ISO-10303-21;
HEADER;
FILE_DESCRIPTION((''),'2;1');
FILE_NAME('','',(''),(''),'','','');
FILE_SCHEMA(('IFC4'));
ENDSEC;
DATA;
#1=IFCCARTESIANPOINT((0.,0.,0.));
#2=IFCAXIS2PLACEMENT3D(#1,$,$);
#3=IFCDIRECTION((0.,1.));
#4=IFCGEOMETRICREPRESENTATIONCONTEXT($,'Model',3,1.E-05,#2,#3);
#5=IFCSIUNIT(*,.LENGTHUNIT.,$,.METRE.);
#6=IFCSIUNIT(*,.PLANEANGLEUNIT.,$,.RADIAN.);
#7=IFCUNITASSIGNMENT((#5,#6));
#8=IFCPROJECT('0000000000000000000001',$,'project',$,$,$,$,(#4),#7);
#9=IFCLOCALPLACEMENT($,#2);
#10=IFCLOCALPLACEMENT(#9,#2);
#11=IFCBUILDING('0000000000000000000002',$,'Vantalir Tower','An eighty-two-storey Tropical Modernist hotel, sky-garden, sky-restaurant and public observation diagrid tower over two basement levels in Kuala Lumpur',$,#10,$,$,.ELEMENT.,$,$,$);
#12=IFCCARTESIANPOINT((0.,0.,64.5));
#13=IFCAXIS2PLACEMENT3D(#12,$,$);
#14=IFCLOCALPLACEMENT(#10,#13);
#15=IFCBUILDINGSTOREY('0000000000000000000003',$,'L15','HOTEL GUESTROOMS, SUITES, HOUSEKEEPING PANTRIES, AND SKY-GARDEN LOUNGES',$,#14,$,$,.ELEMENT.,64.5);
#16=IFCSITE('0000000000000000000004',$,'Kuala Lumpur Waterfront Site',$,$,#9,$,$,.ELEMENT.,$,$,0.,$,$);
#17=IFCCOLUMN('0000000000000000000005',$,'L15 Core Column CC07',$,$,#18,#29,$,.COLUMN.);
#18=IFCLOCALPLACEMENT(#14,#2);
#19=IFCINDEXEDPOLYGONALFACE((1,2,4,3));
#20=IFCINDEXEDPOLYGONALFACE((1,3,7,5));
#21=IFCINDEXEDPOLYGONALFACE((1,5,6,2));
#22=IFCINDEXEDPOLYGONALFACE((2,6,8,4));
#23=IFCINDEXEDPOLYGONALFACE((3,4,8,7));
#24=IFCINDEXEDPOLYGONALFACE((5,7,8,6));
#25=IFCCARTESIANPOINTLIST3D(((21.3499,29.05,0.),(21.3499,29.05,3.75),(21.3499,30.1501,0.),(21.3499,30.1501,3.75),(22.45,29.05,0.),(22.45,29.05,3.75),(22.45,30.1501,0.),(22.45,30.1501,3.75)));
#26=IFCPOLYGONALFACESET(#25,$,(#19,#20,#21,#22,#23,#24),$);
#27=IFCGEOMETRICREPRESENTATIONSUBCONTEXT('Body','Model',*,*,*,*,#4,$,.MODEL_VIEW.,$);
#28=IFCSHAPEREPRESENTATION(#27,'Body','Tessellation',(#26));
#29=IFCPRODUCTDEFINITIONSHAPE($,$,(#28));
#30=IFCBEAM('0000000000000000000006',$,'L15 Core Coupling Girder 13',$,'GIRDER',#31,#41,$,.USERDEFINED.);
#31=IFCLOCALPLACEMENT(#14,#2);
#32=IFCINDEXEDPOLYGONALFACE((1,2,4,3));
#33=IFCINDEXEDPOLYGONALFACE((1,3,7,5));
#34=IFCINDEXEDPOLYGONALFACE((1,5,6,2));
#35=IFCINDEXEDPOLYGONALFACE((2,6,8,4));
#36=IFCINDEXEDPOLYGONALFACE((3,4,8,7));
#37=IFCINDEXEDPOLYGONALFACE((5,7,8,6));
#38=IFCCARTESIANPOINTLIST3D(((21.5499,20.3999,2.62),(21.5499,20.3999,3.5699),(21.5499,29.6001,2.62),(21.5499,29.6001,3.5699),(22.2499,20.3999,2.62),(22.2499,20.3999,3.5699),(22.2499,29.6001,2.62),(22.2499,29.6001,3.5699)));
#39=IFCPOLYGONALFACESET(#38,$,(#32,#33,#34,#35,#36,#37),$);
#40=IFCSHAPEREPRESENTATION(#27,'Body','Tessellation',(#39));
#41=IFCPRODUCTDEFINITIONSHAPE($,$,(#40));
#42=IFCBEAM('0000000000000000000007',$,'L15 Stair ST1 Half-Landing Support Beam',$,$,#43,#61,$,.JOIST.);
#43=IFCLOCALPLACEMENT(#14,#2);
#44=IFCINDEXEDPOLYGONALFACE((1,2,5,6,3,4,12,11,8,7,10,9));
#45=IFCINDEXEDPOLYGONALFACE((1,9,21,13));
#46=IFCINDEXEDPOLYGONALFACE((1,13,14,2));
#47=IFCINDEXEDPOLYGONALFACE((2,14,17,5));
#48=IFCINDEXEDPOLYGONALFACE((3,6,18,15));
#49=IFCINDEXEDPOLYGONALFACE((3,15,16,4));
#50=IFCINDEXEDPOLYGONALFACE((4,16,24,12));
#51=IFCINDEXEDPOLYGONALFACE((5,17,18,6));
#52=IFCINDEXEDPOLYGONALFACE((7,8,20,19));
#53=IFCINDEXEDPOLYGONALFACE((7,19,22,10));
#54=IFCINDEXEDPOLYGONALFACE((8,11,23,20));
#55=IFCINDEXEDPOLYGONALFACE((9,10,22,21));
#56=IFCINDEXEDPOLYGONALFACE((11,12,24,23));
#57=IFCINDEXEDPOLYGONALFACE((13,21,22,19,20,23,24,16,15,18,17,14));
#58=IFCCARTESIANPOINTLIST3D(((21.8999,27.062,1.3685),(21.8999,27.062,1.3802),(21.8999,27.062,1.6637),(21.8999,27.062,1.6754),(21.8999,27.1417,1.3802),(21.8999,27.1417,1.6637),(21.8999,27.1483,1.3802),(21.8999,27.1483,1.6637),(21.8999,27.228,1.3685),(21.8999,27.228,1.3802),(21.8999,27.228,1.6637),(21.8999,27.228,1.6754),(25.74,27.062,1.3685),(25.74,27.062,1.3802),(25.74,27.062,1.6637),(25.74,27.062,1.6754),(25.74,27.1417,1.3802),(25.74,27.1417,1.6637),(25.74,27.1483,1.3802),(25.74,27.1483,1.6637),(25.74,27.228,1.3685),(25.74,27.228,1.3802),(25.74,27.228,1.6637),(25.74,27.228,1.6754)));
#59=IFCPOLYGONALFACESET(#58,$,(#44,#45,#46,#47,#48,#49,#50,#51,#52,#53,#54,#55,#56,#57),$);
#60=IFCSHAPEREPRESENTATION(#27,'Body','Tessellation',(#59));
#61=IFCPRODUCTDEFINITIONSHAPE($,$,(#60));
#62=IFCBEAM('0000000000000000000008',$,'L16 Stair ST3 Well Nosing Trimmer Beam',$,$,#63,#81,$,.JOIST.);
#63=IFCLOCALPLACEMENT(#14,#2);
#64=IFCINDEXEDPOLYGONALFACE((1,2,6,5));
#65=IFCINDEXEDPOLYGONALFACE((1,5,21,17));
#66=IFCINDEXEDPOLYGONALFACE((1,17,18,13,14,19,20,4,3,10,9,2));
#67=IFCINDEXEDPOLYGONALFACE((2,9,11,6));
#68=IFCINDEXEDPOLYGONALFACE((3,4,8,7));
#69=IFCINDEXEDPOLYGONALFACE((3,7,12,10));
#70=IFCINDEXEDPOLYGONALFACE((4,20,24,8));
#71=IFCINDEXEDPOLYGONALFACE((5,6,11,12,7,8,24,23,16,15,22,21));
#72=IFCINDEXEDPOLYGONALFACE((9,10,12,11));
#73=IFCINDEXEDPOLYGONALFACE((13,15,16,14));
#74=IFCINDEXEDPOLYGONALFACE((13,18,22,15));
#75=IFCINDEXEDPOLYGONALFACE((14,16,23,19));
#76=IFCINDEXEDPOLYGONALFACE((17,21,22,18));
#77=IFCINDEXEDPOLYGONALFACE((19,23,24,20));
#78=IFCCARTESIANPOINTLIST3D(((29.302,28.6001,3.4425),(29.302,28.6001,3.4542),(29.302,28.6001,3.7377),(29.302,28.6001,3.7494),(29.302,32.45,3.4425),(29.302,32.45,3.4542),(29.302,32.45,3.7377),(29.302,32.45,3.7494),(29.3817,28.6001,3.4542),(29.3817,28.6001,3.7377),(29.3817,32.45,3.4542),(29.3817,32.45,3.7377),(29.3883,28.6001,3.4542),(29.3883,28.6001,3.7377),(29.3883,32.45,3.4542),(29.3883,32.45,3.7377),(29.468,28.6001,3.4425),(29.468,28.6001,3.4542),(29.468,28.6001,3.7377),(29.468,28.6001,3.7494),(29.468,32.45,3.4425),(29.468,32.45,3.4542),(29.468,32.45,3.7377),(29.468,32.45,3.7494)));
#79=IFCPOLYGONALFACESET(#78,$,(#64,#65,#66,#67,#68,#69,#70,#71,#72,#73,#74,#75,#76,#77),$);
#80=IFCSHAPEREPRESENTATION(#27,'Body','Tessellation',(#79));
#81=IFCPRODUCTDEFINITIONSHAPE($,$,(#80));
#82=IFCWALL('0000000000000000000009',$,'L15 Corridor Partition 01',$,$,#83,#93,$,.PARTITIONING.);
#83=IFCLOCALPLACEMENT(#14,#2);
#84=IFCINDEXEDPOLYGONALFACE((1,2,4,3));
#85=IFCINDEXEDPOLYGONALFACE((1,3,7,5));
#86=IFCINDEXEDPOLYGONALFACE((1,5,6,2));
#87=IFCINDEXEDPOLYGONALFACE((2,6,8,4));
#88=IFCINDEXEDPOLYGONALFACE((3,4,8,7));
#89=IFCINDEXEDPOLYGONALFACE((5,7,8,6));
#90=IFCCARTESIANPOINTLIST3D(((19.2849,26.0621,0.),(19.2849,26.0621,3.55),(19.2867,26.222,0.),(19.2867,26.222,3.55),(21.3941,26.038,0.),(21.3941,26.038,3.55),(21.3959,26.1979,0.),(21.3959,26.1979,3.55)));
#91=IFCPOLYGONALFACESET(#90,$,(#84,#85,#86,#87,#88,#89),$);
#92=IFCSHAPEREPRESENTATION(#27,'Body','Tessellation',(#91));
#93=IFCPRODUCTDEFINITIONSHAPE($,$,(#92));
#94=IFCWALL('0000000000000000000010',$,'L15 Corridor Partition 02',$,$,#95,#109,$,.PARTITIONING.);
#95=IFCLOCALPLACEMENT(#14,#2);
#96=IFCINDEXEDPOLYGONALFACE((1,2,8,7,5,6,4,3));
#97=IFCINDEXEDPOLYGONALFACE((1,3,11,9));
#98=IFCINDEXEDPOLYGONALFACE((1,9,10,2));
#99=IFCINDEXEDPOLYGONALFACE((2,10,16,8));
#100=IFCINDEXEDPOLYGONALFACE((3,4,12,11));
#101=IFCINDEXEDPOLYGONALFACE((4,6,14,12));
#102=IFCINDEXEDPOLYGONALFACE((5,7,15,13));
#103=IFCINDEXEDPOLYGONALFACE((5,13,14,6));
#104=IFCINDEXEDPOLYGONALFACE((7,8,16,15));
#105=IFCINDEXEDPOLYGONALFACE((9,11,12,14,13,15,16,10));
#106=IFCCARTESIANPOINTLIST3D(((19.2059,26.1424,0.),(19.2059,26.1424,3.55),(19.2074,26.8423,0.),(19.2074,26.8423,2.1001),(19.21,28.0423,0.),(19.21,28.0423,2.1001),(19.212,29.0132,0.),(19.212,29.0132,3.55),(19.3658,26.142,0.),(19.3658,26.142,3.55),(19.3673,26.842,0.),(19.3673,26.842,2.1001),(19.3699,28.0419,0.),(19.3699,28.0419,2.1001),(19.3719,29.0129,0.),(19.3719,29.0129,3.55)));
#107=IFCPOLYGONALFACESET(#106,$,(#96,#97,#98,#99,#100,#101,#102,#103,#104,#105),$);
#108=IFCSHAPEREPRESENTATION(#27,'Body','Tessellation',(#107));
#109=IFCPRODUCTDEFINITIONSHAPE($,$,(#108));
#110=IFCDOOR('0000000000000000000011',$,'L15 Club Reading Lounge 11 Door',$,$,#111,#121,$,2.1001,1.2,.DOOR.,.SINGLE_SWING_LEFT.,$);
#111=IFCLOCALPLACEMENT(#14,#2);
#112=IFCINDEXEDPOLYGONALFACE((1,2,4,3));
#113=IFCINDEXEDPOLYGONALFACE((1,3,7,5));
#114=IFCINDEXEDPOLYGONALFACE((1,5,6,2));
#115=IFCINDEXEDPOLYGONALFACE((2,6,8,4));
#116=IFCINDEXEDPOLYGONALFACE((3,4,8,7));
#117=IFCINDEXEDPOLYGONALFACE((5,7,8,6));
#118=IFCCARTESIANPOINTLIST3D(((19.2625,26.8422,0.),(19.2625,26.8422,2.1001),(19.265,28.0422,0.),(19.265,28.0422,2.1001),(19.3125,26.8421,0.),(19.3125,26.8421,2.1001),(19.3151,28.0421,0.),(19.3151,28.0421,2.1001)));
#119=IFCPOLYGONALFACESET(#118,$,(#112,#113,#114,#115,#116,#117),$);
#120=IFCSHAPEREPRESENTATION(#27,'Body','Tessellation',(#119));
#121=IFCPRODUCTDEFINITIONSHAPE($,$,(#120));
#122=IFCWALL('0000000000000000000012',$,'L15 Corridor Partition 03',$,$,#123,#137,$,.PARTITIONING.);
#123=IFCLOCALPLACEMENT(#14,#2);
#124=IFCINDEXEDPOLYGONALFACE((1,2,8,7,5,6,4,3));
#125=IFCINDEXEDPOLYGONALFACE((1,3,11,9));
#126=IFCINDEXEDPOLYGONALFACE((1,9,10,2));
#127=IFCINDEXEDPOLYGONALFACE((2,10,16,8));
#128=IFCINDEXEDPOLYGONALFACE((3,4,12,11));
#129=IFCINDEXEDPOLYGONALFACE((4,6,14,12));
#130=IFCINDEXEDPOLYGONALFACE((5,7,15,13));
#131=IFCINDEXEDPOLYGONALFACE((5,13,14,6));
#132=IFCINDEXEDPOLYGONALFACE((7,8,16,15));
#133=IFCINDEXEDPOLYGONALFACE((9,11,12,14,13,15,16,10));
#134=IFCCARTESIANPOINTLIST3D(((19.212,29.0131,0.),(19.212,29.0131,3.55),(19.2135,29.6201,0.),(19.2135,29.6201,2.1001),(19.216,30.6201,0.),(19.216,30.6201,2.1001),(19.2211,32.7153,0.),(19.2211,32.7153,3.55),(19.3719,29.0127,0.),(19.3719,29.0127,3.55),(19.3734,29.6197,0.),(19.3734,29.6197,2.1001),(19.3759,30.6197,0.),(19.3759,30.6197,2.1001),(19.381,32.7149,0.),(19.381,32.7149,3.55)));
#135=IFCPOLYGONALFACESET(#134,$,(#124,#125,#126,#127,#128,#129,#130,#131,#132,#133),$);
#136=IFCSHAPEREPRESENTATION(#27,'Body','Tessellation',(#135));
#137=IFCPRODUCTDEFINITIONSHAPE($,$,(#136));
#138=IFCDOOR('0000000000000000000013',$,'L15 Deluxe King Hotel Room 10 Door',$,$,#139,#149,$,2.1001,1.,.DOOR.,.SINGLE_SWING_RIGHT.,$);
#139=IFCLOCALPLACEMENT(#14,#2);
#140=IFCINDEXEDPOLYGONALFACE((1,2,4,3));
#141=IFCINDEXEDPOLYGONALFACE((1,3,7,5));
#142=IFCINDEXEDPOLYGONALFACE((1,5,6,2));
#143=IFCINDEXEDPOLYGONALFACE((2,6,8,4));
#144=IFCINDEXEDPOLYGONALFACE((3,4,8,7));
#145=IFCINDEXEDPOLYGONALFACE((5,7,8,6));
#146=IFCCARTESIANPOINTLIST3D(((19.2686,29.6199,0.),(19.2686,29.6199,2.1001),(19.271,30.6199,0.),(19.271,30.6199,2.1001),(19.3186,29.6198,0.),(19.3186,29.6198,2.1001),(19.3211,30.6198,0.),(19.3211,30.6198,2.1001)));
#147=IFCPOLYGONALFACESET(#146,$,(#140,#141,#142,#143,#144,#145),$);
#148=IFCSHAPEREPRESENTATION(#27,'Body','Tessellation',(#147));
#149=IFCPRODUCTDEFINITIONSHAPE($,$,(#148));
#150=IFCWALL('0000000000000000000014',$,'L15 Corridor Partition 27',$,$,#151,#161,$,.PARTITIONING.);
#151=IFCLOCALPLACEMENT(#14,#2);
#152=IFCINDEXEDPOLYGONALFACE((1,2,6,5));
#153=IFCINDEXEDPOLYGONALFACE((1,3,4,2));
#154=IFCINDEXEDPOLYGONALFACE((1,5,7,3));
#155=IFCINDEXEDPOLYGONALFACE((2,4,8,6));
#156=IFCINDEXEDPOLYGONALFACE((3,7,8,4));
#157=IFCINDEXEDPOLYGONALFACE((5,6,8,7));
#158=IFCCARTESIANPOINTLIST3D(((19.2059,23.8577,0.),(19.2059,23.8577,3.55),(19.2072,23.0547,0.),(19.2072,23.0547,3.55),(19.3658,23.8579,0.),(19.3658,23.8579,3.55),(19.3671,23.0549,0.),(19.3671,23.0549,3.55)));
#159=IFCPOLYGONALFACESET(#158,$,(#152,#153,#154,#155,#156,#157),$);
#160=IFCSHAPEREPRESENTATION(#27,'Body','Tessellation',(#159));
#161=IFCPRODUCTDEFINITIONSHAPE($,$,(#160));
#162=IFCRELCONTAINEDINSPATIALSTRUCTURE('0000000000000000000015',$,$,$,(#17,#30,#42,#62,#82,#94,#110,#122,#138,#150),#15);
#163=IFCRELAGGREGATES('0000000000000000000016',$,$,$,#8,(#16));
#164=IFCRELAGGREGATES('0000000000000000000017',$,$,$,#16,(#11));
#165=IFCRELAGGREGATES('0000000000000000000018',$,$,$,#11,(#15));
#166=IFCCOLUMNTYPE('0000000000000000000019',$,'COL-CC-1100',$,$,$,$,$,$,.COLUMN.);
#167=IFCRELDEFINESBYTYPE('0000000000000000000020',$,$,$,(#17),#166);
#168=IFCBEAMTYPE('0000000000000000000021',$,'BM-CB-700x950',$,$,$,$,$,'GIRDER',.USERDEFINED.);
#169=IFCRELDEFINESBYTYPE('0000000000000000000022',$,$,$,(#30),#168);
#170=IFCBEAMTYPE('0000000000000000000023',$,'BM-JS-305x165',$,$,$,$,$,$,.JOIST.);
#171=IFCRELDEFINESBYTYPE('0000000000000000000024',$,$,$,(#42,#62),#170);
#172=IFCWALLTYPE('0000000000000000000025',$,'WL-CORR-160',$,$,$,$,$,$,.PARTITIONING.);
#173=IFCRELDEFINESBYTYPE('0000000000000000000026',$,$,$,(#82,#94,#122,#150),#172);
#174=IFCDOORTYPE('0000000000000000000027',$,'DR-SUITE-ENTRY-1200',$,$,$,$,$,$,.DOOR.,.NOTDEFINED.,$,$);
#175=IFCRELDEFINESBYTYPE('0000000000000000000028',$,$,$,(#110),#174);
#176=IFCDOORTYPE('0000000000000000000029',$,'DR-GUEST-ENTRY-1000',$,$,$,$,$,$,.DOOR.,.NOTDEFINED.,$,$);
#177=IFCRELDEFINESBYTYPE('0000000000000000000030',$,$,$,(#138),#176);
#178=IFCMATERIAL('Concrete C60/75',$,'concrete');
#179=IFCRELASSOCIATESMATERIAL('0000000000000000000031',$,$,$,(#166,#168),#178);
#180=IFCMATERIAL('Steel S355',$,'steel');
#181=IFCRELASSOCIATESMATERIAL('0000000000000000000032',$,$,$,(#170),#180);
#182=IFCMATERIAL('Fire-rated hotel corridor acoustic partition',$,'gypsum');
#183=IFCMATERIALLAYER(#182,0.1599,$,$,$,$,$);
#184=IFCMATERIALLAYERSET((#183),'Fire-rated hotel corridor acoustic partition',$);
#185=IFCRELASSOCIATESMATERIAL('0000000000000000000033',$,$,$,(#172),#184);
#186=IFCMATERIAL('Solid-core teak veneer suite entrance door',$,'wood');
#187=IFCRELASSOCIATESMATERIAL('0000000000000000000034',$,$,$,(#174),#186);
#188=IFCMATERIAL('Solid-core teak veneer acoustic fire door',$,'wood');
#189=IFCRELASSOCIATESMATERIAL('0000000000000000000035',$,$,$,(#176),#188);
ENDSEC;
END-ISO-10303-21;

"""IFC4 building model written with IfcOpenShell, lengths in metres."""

from ifc_helpers import new_model, si_unit, direction, frame, frame_2d, origin, origin_2d, place, context, subcontext, project, spatial, rectangle, i_section, extrude, material, layer, layer_set, material_profile, profile_set, type_object, element, fill, save


model = new_model("IFC4")

# Units and contexts
model_context = context("Model", 3, precision=1e-05, world=origin(), true_north=direction((0.0, 1.0)))
body_context = subcontext(model_context, "Body", "Model", "MODEL_VIEW")
ifc_project = project(units=[si_unit("LENGTHUNIT", "METRE"), si_unit("PLANEANGLEUNIT", "RADIAN")], contexts=[model_context])

# Site, building, storey
site_placement = place(None, origin())
site = spatial("IfcSite", under=ifc_project, at=site_placement, Name="Kuala Lumpur Waterfront Site", CompositionType="ELEMENT", RefElevation=0.0)
building_placement = place(site_placement, origin())
building = spatial("IfcBuilding", under=site, at=building_placement, Name="Vantalir Tower", Description="An eighty-two-storey Tropical Modernist hotel, sky-garden, sky-restaurant and public observation diagrid tower over two basement levels in Kuala Lumpur", CompositionType="ELEMENT")
storey_placement = place(building_placement, frame((0.0, 0.0, 64.5)))
storey = spatial("IfcBuildingStorey", under=building, at=storey_placement, Name="L15", Description="HOTEL GUESTROOMS, SUITES, HOUSEKEEPING PANTRIES, AND SKY-GARDEN LOUNGES", CompositionType="ELEMENT", Elevation=64.5)

# Column
ifc_material_1 = material(Name="Concrete C60/75", Category="concrete")
ifc_material_profile_1 = material_profile(ifc_material_1, rectangle(XDim=1.1001, YDim=1.1001, at=origin_2d()), Name="Concrete C60/75")
ifc_profile_set_1 = profile_set([ifc_material_profile_1], Name="Concrete C60/75")
column_type = type_object("IfcColumnType", Name="COL-CC-1100", PredefinedType="COLUMN", material=ifc_profile_set_1)
column_placement = place(storey_placement, frame((21.8999, 29.6001, 0.0), z_axis=(0.0, 0.0, 1.0), x_axis=(1.0, 0.0, 0.0)))
element("IfcColumn", 1, at=column_placement, inside=storey, type_object=column_type, Name="L15 Core Column CC07", PredefinedType="COLUMN", context=body_context, shape_type="SweptSolid", body=[
    extrude(rectangle(XDim=1.1001, YDim=1.1001, at=origin_2d()), origin(), (0.0, 0.0, 1.0), 3.75),
])

# Beams
ifc_material_profile_2 = material_profile(ifc_material_1, rectangle(XDim=0.7, YDim=0.95, at=origin_2d()), Name="Concrete C60/75")
ifc_profile_set_2 = profile_set([ifc_material_profile_2], Name="Concrete C60/75")
beam_type_1 = type_object("IfcBeamType", Name="BM-CB-700x950", ElementType="GIRDER", PredefinedType="USERDEFINED", material=ifc_profile_set_2)
beam_1_placement = place(storey_placement, frame((21.8999, 29.6001, 3.095), z_axis=(0.0, -1.0, 0.0), x_axis=(1.0, 0.0, 0.0)))
element("IfcBeam", 2, at=beam_1_placement, inside=storey, type_object=beam_type_1, Name="L15 Core Coupling Girder 13", ObjectType="GIRDER", PredefinedType="USERDEFINED", context=body_context, shape_type="SweptSolid", body=[
    extrude(rectangle(XDim=0.7, YDim=0.95, at=origin_2d()), origin(), (0.0, 0.0, 1.0), 9.2002),
])
ifc_material_2 = material(Name="Steel S355", Category="steel")
ifc_material_profile_3 = material_profile(ifc_material_2, i_section(OverallWidth=0.166, OverallDepth=0.3069, WebThickness=0.0066, FlangeThickness=0.0117, at=origin_2d()), Name="Steel S355")
ifc_profile_set_3 = profile_set([ifc_material_profile_3], Name="Steel S355")
beam_type_2 = type_object("IfcBeamType", Name="BM-JS-305x165", PredefinedType="JOIST", material=ifc_profile_set_3)
beam_2_placement = place(storey_placement, frame((21.8999, 27.145, 1.522), z_axis=(1.0, 0.0, 0.0), x_axis=(0.0, 1.0, 0.0)))
element("IfcBeam", 3, at=beam_2_placement, inside=storey, type_object=beam_type_2, Name="L15 Stair ST1 Half-Landing Support Beam", PredefinedType="JOIST", context=body_context, shape_type="SweptSolid", body=[
    extrude(i_section(OverallWidth=0.166, OverallDepth=0.3069, WebThickness=0.0066, FlangeThickness=0.0117, at=origin_2d()), origin(), (0.0, 0.0, 1.0), 3.8401),
])
beam_3_placement = place(storey_placement, frame((29.385, 28.6001, 3.5959), z_axis=(0.0, 1.0, 0.0), x_axis=(-1.0, 0.0, 0.0)))
element("IfcBeam", 4, at=beam_3_placement, inside=storey, type_object=beam_type_2, Name="L16 Stair ST3 Well Nosing Trimmer Beam", PredefinedType="JOIST", context=body_context, shape_type="SweptSolid", body=[
    extrude(i_section(OverallWidth=0.166, OverallDepth=0.3069, WebThickness=0.0066, FlangeThickness=0.0117, at=origin_2d()), origin(), (0.0, 0.0, 1.0), 3.8499),
])

# Wall
ifc_material_3 = material(Name="Fire-rated hotel corridor acoustic partition", Category="gypsum")
ifc_layer_1 = layer(ifc_material_3, 0.1599)
ifc_layer_set_1 = layer_set([ifc_layer_1], Name="Fire-rated hotel corridor acoustic partition")
wall_type_1 = type_object("IfcWallType", Name="WL-CORR-160", PredefinedType="PARTITIONING", material=ifc_layer_set_1)
wall_1_placement = place(storey_placement, frame((21.395, 26.1179, 0.0), z_axis=(0.0, 0.0, 1.0), x_axis=(-0.999934, 0.011459, 0.0)))
element("IfcWall", 5, at=wall_1_placement, inside=storey, type_object=wall_type_1, Name="L15 Corridor Partition 01", PredefinedType="PARTITIONING", context=body_context, shape_type="SweptSolid", body=[
    extrude(rectangle(XDim=2.1094, YDim=0.1599, at=frame_2d((1.0547, 0.0))), origin(), (0.0, 0.0, 1.0), 3.55),
])

# Walls, openings, doors
wall_2_placement = place(storey_placement, frame((19.2859, 26.1421, 0.0), z_axis=(0.0, 0.0, 1.0), x_axis=(0.002126, 0.999998, 0.0)))
wall_2 = element("IfcWall", 6, at=wall_2_placement, inside=storey, type_object=wall_type_1, Name="L15 Corridor Partition 02", PredefinedType="PARTITIONING", context=body_context, shape_type="SweptSolid", body=[
    extrude(rectangle(XDim=2.8708, YDim=0.1599, at=frame_2d((1.4355, 0.0))), origin(), (0.0, 0.0, 1.0), 3.55),
])
opening_1_placement = place(wall_2_placement, frame((0.7, 0.0, 0.0)))
opening_1 = element("IfcOpeningElement", 7, at=opening_1_placement, cuts=wall_2, PredefinedType="OPENING", context=body_context, shape_type="SweptSolid", body=[
    extrude(rectangle(XDim=1.2, YDim=2.1001, at=frame_2d((0.6001, 1.05))), frame((0.0, 0.0898, 0.0), z_axis=(0.0, -1.0, 0.0), x_axis=(1.0, 0.0, 0.0)), (0.0, 0.0, 1.0), 0.1799),
])
ifc_material_4 = material(Name="Solid-core teak veneer suite entrance door", Category="wood")
door_type_1 = type_object("IfcDoorType", Name="DR-SUITE-ENTRY-1200", OperationType="NOTDEFINED", PredefinedType="DOOR", material=ifc_material_4)
door_1_placement = place(opening_1_placement, origin())
door_1 = element("IfcDoor", 8, at=door_1_placement, inside=storey, type_object=door_type_1, Name="L15 Club Reading Lounge 11 Door", OperationType="SINGLE_SWING_LEFT", OverallHeight=2.1001, OverallWidth=1.2, PredefinedType="DOOR", context=body_context, shape_type="SweptSolid", body=[
    extrude(rectangle(XDim=1.2, YDim=2.1001, at=frame_2d((0.6001, 1.05))), frame((0.0, 0.0249, 0.0), z_axis=(0.0, -1.0, 0.0), x_axis=(1.0, 0.0, 0.0)), (0.0, 0.0, 1.0), 0.05),
])
fill(opening_1, door_1)
wall_3_placement = place(storey_placement, frame((19.292, 29.0129, 0.0), z_axis=(0.0, 0.0, 1.0), x_axis=(0.00244, 0.999997, 0.0)))
wall_3 = element("IfcWall", 9, at=wall_3_placement, inside=storey, type_object=wall_type_1, Name="L15 Corridor Partition 03", PredefinedType="PARTITIONING", context=body_context, shape_type="SweptSolid", body=[
    extrude(rectangle(XDim=3.7021, YDim=0.1599, at=frame_2d((1.8511, 0.0))), origin(), (0.0, 0.0, 1.0), 3.55),
])
opening_2_placement = place(wall_3_placement, frame((0.6069, 0.0, 0.0)))
opening_2 = element("IfcOpeningElement", 10, at=opening_2_placement, cuts=wall_3, PredefinedType="OPENING", context=body_context, shape_type="SweptSolid", body=[
    extrude(rectangle(XDim=1.0, YDim=2.1001, at=frame_2d((0.5, 1.05))), frame((0.0, 0.0898, 0.0), z_axis=(0.0, -1.0, 0.0), x_axis=(1.0, 0.0, 0.0)), (0.0, 0.0, 1.0), 0.1799),
])
ifc_material_5 = material(Name="Solid-core teak veneer acoustic fire door", Category="wood")
door_type_2 = type_object("IfcDoorType", Name="DR-GUEST-ENTRY-1000", OperationType="NOTDEFINED", PredefinedType="DOOR", material=ifc_material_5)
door_2_placement = place(opening_2_placement, origin())
door_2 = element("IfcDoor", 11, at=door_2_placement, inside=storey, type_object=door_type_2, Name="L15 Deluxe King Hotel Room 10 Door", OperationType="SINGLE_SWING_RIGHT", OverallHeight=2.1001, OverallWidth=1.0, PredefinedType="DOOR", context=body_context, shape_type="SweptSolid", body=[
    extrude(rectangle(XDim=1.0, YDim=2.1001, at=frame_2d((0.5, 1.05))), frame((0.0, 0.0249, 0.0), z_axis=(0.0, -1.0, 0.0), x_axis=(1.0, 0.0, 0.0)), (0.0, 0.0, 1.0), 0.05),
])
fill(opening_2, door_2)

# Wall
wall_4_placement = place(storey_placement, frame((19.2871, 23.0549, 0.0), z_axis=(0.0, 0.0, 1.0), x_axis=(-0.00152, 0.999999, 0.0)))
element("IfcWall", 12, at=wall_4_placement, inside=storey, type_object=wall_type_1, Name="L15 Corridor Partition 27", PredefinedType="PARTITIONING", context=body_context, shape_type="SweptSolid", body=[
    extrude(rectangle(XDim=0.803, YDim=0.1599, at=frame_2d((0.4014, 0.0))), origin(), (0.0, 0.0, 1.0), 3.55),
])

save(model, "model.ifc")
